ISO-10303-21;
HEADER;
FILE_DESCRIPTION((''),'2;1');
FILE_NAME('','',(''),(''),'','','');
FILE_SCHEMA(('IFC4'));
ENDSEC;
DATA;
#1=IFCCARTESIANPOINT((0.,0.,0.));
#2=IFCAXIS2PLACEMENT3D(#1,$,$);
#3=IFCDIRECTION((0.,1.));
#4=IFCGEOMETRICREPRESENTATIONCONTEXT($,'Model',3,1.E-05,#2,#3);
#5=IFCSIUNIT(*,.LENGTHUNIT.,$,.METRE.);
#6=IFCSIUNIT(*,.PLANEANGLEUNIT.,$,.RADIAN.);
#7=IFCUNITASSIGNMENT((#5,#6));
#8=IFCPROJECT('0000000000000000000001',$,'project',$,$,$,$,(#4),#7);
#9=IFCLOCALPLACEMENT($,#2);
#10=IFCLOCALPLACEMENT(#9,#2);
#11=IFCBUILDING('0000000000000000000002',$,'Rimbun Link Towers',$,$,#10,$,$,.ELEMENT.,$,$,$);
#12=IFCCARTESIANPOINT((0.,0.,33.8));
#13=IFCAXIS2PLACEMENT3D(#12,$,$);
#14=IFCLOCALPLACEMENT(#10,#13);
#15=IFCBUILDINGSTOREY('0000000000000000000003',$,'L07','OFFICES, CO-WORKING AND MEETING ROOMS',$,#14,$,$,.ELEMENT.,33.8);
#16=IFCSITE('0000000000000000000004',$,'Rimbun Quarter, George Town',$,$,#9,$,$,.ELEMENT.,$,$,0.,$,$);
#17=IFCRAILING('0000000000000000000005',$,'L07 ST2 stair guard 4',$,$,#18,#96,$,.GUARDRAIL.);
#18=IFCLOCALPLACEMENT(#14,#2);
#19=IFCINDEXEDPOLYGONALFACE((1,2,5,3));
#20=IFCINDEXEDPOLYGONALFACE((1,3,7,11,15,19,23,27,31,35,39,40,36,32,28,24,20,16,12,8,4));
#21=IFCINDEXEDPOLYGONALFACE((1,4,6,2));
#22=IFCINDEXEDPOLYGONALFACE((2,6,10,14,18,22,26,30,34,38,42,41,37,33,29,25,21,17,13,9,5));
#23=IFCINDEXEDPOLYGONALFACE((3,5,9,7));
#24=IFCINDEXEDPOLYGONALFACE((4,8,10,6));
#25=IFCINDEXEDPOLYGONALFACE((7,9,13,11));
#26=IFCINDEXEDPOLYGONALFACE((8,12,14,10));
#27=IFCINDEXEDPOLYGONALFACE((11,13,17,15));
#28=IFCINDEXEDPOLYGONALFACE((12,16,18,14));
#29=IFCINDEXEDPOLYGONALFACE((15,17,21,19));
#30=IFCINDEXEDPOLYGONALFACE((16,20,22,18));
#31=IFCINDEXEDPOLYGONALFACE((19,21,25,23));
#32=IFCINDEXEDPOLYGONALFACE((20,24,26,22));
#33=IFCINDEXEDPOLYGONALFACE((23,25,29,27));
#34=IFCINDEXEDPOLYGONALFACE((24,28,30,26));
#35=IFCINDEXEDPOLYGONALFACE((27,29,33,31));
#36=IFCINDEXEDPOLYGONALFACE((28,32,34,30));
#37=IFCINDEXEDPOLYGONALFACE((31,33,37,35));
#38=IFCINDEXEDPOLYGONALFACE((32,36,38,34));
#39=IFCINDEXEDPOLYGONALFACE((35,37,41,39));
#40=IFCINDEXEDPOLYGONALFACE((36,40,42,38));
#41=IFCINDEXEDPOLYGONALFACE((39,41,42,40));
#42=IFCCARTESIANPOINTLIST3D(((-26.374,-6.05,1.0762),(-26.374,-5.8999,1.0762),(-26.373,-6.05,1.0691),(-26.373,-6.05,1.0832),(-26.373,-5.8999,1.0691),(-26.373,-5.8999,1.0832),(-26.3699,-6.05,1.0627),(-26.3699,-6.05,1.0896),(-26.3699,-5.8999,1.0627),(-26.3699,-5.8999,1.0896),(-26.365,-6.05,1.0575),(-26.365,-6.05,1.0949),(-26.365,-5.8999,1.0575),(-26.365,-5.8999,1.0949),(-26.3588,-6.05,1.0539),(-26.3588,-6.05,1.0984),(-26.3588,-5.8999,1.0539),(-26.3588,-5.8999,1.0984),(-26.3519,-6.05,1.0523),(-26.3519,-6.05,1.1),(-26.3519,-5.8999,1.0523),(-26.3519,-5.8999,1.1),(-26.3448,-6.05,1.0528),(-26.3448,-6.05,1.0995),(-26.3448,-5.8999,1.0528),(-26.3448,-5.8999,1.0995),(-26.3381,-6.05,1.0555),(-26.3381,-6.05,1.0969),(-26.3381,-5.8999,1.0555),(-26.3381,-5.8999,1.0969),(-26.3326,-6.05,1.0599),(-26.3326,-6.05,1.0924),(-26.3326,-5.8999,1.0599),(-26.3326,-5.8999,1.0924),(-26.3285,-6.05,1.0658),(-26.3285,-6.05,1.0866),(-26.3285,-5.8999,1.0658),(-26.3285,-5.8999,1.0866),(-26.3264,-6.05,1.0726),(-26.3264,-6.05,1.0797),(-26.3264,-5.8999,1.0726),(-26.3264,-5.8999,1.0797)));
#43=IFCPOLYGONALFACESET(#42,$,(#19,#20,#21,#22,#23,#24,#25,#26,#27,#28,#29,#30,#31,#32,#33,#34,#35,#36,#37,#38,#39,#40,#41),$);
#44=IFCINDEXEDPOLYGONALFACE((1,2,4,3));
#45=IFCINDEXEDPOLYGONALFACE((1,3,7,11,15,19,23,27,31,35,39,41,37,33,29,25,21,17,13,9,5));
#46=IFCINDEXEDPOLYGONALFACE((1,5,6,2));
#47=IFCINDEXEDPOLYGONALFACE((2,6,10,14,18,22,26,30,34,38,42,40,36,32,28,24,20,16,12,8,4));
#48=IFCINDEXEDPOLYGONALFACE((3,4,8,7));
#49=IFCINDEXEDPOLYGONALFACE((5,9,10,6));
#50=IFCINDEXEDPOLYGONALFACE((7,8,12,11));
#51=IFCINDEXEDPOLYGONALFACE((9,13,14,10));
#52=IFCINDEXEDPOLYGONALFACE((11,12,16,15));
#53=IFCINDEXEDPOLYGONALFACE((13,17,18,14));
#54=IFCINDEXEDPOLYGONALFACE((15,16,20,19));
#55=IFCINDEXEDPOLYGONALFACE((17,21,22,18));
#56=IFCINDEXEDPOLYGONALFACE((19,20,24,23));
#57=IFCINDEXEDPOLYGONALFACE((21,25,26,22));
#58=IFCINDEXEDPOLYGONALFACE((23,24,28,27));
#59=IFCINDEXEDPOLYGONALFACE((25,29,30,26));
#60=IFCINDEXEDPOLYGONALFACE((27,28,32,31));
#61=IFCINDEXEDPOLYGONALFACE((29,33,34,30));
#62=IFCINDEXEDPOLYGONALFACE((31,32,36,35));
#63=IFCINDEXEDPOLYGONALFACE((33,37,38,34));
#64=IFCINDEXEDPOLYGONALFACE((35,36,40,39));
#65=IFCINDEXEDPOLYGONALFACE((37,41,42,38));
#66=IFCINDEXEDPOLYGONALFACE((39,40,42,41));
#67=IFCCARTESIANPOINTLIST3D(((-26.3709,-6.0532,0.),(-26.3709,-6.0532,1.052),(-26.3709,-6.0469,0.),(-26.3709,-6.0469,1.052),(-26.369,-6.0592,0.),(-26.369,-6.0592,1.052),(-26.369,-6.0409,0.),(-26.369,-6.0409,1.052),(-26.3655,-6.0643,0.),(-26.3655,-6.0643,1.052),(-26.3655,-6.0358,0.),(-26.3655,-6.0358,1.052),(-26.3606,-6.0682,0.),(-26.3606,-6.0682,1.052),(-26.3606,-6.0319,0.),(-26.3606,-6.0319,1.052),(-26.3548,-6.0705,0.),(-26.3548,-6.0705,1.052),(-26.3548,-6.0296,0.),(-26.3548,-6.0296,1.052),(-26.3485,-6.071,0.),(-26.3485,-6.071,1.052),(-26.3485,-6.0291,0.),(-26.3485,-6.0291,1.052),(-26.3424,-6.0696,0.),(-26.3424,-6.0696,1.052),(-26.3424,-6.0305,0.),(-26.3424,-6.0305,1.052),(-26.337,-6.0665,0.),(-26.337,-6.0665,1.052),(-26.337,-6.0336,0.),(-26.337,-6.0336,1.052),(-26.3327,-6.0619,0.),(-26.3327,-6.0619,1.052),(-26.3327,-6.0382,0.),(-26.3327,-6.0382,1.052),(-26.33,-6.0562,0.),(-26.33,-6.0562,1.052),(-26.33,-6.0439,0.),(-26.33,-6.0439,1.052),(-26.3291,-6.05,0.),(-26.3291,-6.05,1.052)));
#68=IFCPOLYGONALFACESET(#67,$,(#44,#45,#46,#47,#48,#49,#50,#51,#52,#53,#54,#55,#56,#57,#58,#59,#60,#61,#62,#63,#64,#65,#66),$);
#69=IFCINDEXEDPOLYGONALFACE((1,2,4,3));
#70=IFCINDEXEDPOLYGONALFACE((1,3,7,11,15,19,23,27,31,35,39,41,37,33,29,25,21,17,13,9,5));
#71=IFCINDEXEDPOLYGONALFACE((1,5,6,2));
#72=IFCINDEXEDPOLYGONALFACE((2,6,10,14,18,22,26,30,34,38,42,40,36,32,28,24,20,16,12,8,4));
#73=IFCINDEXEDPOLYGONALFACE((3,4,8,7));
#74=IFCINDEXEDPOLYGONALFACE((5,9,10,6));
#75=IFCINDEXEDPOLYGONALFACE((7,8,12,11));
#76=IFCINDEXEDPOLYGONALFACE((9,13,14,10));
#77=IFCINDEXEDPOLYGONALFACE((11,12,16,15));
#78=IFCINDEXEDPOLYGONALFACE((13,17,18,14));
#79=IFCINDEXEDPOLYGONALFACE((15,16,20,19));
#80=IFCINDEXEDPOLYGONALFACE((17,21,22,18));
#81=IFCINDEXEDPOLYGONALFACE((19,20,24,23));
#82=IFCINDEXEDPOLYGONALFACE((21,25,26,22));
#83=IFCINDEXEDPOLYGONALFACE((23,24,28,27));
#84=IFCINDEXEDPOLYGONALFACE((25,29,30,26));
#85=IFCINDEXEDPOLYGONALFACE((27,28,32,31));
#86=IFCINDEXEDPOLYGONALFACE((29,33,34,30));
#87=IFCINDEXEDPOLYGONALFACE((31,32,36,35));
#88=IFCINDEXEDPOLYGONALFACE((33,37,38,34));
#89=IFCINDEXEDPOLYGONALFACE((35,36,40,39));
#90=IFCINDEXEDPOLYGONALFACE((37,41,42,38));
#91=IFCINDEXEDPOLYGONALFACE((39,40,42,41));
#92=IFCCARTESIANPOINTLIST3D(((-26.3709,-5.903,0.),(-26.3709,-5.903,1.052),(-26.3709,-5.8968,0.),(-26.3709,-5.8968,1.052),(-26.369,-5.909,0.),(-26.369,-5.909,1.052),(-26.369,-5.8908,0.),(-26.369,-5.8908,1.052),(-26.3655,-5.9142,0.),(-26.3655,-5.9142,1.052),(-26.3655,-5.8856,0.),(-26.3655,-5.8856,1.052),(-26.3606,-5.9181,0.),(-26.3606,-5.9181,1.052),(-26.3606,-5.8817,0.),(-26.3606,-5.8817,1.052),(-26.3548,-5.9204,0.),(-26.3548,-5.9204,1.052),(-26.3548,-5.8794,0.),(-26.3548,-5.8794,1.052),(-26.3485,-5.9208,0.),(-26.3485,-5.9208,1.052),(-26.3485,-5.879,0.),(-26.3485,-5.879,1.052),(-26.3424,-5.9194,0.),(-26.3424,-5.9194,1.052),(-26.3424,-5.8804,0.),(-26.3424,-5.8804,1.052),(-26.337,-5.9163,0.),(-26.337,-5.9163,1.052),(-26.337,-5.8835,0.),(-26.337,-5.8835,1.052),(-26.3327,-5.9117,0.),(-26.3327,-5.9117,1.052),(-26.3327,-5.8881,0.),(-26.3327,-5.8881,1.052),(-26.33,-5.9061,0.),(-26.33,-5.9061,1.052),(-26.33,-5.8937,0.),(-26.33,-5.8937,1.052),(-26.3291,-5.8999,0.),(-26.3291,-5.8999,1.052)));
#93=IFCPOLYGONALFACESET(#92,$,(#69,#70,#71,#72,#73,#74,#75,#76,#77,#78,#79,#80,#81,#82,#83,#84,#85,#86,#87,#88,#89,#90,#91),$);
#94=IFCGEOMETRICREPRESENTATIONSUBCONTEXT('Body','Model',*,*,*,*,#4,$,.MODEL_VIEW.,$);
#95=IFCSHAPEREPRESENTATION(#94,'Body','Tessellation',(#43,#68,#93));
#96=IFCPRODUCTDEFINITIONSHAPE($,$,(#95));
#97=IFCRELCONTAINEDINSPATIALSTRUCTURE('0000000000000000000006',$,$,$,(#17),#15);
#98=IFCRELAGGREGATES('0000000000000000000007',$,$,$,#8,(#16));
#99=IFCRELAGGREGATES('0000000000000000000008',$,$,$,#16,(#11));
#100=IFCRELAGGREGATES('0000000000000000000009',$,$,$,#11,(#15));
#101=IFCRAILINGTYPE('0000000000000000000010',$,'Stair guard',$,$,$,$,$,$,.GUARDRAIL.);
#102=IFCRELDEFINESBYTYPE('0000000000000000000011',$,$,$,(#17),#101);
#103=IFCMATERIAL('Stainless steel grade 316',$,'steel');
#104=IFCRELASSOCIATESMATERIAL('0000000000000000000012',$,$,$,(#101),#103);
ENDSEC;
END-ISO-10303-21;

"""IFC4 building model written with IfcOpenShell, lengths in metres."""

from ifc_helpers import new_model, si_unit, direction, frame, origin, origin_2d, place, context, subcontext, project, spatial, circle, extrude, material, type_object, element, save


model = new_model("IFC4")

# Units and contexts
model_context = context("Model", 3, precision=1e-05, world=origin(), true_north=direction((0.0, 1.0)))
body_context = subcontext(model_context, "Body", "Model", "MODEL_VIEW")
ifc_project = project(units=[si_unit("LENGTHUNIT", "METRE"), si_unit("PLANEANGLEUNIT", "RADIAN")], contexts=[model_context])

# Site, building, storey
site_placement = place(None, origin())
site = spatial("IfcSite", under=ifc_project, at=site_placement, Name="Rimbun Quarter, George Town", CompositionType="ELEMENT", RefElevation=0.0)
building_placement = place(site_placement, origin())
building = spatial("IfcBuilding", under=site, at=building_placement, Name="Rimbun Link Towers", CompositionType="ELEMENT")
storey_placement = place(building_placement, frame((0.0, 0.0, 33.8)))
storey = spatial("IfcBuildingStorey", under=building, at=storey_placement, Name="L07", Description="OFFICES, CO-WORKING AND MEETING ROOMS", CompositionType="ELEMENT", Elevation=33.8)

# Railing
ifc_material_1 = material(Name="Stainless steel grade 316", Category="steel")
railing_type_1 = type_object("IfcRailingType", Name="Stair guard", PredefinedType="GUARDRAIL", material=ifc_material_1)
railing_1_placement = place(storey_placement, frame((-26.3501, -6.05, 0.0)))
element("IfcRailing", 1, at=railing_1_placement, inside=storey, type_object=railing_type_1, Name="L07 ST2 stair guard 4", PredefinedType="GUARDRAIL", context=body_context, shape_type="SweptSolid", body=[
    extrude(circle(Radius=0.0239, at=origin_2d()), frame((0.0, 0.0, 1.0762), z_axis=(0.0, 1.0, 0.0), x_axis=(-1.0, 0.0, 0.0)), (0.0, 0.0, 1.0), 0.1501),
    extrude(circle(Radius=0.021, at=origin_2d()), origin(), (0.0, 0.0, 1.0), 1.052),
    extrude(circle(Radius=0.021, at=origin_2d()), frame((0.0, 0.1501, 0.0)), (0.0, 0.0, 1.0), 1.052),
])

save(model, "model.ifc")
